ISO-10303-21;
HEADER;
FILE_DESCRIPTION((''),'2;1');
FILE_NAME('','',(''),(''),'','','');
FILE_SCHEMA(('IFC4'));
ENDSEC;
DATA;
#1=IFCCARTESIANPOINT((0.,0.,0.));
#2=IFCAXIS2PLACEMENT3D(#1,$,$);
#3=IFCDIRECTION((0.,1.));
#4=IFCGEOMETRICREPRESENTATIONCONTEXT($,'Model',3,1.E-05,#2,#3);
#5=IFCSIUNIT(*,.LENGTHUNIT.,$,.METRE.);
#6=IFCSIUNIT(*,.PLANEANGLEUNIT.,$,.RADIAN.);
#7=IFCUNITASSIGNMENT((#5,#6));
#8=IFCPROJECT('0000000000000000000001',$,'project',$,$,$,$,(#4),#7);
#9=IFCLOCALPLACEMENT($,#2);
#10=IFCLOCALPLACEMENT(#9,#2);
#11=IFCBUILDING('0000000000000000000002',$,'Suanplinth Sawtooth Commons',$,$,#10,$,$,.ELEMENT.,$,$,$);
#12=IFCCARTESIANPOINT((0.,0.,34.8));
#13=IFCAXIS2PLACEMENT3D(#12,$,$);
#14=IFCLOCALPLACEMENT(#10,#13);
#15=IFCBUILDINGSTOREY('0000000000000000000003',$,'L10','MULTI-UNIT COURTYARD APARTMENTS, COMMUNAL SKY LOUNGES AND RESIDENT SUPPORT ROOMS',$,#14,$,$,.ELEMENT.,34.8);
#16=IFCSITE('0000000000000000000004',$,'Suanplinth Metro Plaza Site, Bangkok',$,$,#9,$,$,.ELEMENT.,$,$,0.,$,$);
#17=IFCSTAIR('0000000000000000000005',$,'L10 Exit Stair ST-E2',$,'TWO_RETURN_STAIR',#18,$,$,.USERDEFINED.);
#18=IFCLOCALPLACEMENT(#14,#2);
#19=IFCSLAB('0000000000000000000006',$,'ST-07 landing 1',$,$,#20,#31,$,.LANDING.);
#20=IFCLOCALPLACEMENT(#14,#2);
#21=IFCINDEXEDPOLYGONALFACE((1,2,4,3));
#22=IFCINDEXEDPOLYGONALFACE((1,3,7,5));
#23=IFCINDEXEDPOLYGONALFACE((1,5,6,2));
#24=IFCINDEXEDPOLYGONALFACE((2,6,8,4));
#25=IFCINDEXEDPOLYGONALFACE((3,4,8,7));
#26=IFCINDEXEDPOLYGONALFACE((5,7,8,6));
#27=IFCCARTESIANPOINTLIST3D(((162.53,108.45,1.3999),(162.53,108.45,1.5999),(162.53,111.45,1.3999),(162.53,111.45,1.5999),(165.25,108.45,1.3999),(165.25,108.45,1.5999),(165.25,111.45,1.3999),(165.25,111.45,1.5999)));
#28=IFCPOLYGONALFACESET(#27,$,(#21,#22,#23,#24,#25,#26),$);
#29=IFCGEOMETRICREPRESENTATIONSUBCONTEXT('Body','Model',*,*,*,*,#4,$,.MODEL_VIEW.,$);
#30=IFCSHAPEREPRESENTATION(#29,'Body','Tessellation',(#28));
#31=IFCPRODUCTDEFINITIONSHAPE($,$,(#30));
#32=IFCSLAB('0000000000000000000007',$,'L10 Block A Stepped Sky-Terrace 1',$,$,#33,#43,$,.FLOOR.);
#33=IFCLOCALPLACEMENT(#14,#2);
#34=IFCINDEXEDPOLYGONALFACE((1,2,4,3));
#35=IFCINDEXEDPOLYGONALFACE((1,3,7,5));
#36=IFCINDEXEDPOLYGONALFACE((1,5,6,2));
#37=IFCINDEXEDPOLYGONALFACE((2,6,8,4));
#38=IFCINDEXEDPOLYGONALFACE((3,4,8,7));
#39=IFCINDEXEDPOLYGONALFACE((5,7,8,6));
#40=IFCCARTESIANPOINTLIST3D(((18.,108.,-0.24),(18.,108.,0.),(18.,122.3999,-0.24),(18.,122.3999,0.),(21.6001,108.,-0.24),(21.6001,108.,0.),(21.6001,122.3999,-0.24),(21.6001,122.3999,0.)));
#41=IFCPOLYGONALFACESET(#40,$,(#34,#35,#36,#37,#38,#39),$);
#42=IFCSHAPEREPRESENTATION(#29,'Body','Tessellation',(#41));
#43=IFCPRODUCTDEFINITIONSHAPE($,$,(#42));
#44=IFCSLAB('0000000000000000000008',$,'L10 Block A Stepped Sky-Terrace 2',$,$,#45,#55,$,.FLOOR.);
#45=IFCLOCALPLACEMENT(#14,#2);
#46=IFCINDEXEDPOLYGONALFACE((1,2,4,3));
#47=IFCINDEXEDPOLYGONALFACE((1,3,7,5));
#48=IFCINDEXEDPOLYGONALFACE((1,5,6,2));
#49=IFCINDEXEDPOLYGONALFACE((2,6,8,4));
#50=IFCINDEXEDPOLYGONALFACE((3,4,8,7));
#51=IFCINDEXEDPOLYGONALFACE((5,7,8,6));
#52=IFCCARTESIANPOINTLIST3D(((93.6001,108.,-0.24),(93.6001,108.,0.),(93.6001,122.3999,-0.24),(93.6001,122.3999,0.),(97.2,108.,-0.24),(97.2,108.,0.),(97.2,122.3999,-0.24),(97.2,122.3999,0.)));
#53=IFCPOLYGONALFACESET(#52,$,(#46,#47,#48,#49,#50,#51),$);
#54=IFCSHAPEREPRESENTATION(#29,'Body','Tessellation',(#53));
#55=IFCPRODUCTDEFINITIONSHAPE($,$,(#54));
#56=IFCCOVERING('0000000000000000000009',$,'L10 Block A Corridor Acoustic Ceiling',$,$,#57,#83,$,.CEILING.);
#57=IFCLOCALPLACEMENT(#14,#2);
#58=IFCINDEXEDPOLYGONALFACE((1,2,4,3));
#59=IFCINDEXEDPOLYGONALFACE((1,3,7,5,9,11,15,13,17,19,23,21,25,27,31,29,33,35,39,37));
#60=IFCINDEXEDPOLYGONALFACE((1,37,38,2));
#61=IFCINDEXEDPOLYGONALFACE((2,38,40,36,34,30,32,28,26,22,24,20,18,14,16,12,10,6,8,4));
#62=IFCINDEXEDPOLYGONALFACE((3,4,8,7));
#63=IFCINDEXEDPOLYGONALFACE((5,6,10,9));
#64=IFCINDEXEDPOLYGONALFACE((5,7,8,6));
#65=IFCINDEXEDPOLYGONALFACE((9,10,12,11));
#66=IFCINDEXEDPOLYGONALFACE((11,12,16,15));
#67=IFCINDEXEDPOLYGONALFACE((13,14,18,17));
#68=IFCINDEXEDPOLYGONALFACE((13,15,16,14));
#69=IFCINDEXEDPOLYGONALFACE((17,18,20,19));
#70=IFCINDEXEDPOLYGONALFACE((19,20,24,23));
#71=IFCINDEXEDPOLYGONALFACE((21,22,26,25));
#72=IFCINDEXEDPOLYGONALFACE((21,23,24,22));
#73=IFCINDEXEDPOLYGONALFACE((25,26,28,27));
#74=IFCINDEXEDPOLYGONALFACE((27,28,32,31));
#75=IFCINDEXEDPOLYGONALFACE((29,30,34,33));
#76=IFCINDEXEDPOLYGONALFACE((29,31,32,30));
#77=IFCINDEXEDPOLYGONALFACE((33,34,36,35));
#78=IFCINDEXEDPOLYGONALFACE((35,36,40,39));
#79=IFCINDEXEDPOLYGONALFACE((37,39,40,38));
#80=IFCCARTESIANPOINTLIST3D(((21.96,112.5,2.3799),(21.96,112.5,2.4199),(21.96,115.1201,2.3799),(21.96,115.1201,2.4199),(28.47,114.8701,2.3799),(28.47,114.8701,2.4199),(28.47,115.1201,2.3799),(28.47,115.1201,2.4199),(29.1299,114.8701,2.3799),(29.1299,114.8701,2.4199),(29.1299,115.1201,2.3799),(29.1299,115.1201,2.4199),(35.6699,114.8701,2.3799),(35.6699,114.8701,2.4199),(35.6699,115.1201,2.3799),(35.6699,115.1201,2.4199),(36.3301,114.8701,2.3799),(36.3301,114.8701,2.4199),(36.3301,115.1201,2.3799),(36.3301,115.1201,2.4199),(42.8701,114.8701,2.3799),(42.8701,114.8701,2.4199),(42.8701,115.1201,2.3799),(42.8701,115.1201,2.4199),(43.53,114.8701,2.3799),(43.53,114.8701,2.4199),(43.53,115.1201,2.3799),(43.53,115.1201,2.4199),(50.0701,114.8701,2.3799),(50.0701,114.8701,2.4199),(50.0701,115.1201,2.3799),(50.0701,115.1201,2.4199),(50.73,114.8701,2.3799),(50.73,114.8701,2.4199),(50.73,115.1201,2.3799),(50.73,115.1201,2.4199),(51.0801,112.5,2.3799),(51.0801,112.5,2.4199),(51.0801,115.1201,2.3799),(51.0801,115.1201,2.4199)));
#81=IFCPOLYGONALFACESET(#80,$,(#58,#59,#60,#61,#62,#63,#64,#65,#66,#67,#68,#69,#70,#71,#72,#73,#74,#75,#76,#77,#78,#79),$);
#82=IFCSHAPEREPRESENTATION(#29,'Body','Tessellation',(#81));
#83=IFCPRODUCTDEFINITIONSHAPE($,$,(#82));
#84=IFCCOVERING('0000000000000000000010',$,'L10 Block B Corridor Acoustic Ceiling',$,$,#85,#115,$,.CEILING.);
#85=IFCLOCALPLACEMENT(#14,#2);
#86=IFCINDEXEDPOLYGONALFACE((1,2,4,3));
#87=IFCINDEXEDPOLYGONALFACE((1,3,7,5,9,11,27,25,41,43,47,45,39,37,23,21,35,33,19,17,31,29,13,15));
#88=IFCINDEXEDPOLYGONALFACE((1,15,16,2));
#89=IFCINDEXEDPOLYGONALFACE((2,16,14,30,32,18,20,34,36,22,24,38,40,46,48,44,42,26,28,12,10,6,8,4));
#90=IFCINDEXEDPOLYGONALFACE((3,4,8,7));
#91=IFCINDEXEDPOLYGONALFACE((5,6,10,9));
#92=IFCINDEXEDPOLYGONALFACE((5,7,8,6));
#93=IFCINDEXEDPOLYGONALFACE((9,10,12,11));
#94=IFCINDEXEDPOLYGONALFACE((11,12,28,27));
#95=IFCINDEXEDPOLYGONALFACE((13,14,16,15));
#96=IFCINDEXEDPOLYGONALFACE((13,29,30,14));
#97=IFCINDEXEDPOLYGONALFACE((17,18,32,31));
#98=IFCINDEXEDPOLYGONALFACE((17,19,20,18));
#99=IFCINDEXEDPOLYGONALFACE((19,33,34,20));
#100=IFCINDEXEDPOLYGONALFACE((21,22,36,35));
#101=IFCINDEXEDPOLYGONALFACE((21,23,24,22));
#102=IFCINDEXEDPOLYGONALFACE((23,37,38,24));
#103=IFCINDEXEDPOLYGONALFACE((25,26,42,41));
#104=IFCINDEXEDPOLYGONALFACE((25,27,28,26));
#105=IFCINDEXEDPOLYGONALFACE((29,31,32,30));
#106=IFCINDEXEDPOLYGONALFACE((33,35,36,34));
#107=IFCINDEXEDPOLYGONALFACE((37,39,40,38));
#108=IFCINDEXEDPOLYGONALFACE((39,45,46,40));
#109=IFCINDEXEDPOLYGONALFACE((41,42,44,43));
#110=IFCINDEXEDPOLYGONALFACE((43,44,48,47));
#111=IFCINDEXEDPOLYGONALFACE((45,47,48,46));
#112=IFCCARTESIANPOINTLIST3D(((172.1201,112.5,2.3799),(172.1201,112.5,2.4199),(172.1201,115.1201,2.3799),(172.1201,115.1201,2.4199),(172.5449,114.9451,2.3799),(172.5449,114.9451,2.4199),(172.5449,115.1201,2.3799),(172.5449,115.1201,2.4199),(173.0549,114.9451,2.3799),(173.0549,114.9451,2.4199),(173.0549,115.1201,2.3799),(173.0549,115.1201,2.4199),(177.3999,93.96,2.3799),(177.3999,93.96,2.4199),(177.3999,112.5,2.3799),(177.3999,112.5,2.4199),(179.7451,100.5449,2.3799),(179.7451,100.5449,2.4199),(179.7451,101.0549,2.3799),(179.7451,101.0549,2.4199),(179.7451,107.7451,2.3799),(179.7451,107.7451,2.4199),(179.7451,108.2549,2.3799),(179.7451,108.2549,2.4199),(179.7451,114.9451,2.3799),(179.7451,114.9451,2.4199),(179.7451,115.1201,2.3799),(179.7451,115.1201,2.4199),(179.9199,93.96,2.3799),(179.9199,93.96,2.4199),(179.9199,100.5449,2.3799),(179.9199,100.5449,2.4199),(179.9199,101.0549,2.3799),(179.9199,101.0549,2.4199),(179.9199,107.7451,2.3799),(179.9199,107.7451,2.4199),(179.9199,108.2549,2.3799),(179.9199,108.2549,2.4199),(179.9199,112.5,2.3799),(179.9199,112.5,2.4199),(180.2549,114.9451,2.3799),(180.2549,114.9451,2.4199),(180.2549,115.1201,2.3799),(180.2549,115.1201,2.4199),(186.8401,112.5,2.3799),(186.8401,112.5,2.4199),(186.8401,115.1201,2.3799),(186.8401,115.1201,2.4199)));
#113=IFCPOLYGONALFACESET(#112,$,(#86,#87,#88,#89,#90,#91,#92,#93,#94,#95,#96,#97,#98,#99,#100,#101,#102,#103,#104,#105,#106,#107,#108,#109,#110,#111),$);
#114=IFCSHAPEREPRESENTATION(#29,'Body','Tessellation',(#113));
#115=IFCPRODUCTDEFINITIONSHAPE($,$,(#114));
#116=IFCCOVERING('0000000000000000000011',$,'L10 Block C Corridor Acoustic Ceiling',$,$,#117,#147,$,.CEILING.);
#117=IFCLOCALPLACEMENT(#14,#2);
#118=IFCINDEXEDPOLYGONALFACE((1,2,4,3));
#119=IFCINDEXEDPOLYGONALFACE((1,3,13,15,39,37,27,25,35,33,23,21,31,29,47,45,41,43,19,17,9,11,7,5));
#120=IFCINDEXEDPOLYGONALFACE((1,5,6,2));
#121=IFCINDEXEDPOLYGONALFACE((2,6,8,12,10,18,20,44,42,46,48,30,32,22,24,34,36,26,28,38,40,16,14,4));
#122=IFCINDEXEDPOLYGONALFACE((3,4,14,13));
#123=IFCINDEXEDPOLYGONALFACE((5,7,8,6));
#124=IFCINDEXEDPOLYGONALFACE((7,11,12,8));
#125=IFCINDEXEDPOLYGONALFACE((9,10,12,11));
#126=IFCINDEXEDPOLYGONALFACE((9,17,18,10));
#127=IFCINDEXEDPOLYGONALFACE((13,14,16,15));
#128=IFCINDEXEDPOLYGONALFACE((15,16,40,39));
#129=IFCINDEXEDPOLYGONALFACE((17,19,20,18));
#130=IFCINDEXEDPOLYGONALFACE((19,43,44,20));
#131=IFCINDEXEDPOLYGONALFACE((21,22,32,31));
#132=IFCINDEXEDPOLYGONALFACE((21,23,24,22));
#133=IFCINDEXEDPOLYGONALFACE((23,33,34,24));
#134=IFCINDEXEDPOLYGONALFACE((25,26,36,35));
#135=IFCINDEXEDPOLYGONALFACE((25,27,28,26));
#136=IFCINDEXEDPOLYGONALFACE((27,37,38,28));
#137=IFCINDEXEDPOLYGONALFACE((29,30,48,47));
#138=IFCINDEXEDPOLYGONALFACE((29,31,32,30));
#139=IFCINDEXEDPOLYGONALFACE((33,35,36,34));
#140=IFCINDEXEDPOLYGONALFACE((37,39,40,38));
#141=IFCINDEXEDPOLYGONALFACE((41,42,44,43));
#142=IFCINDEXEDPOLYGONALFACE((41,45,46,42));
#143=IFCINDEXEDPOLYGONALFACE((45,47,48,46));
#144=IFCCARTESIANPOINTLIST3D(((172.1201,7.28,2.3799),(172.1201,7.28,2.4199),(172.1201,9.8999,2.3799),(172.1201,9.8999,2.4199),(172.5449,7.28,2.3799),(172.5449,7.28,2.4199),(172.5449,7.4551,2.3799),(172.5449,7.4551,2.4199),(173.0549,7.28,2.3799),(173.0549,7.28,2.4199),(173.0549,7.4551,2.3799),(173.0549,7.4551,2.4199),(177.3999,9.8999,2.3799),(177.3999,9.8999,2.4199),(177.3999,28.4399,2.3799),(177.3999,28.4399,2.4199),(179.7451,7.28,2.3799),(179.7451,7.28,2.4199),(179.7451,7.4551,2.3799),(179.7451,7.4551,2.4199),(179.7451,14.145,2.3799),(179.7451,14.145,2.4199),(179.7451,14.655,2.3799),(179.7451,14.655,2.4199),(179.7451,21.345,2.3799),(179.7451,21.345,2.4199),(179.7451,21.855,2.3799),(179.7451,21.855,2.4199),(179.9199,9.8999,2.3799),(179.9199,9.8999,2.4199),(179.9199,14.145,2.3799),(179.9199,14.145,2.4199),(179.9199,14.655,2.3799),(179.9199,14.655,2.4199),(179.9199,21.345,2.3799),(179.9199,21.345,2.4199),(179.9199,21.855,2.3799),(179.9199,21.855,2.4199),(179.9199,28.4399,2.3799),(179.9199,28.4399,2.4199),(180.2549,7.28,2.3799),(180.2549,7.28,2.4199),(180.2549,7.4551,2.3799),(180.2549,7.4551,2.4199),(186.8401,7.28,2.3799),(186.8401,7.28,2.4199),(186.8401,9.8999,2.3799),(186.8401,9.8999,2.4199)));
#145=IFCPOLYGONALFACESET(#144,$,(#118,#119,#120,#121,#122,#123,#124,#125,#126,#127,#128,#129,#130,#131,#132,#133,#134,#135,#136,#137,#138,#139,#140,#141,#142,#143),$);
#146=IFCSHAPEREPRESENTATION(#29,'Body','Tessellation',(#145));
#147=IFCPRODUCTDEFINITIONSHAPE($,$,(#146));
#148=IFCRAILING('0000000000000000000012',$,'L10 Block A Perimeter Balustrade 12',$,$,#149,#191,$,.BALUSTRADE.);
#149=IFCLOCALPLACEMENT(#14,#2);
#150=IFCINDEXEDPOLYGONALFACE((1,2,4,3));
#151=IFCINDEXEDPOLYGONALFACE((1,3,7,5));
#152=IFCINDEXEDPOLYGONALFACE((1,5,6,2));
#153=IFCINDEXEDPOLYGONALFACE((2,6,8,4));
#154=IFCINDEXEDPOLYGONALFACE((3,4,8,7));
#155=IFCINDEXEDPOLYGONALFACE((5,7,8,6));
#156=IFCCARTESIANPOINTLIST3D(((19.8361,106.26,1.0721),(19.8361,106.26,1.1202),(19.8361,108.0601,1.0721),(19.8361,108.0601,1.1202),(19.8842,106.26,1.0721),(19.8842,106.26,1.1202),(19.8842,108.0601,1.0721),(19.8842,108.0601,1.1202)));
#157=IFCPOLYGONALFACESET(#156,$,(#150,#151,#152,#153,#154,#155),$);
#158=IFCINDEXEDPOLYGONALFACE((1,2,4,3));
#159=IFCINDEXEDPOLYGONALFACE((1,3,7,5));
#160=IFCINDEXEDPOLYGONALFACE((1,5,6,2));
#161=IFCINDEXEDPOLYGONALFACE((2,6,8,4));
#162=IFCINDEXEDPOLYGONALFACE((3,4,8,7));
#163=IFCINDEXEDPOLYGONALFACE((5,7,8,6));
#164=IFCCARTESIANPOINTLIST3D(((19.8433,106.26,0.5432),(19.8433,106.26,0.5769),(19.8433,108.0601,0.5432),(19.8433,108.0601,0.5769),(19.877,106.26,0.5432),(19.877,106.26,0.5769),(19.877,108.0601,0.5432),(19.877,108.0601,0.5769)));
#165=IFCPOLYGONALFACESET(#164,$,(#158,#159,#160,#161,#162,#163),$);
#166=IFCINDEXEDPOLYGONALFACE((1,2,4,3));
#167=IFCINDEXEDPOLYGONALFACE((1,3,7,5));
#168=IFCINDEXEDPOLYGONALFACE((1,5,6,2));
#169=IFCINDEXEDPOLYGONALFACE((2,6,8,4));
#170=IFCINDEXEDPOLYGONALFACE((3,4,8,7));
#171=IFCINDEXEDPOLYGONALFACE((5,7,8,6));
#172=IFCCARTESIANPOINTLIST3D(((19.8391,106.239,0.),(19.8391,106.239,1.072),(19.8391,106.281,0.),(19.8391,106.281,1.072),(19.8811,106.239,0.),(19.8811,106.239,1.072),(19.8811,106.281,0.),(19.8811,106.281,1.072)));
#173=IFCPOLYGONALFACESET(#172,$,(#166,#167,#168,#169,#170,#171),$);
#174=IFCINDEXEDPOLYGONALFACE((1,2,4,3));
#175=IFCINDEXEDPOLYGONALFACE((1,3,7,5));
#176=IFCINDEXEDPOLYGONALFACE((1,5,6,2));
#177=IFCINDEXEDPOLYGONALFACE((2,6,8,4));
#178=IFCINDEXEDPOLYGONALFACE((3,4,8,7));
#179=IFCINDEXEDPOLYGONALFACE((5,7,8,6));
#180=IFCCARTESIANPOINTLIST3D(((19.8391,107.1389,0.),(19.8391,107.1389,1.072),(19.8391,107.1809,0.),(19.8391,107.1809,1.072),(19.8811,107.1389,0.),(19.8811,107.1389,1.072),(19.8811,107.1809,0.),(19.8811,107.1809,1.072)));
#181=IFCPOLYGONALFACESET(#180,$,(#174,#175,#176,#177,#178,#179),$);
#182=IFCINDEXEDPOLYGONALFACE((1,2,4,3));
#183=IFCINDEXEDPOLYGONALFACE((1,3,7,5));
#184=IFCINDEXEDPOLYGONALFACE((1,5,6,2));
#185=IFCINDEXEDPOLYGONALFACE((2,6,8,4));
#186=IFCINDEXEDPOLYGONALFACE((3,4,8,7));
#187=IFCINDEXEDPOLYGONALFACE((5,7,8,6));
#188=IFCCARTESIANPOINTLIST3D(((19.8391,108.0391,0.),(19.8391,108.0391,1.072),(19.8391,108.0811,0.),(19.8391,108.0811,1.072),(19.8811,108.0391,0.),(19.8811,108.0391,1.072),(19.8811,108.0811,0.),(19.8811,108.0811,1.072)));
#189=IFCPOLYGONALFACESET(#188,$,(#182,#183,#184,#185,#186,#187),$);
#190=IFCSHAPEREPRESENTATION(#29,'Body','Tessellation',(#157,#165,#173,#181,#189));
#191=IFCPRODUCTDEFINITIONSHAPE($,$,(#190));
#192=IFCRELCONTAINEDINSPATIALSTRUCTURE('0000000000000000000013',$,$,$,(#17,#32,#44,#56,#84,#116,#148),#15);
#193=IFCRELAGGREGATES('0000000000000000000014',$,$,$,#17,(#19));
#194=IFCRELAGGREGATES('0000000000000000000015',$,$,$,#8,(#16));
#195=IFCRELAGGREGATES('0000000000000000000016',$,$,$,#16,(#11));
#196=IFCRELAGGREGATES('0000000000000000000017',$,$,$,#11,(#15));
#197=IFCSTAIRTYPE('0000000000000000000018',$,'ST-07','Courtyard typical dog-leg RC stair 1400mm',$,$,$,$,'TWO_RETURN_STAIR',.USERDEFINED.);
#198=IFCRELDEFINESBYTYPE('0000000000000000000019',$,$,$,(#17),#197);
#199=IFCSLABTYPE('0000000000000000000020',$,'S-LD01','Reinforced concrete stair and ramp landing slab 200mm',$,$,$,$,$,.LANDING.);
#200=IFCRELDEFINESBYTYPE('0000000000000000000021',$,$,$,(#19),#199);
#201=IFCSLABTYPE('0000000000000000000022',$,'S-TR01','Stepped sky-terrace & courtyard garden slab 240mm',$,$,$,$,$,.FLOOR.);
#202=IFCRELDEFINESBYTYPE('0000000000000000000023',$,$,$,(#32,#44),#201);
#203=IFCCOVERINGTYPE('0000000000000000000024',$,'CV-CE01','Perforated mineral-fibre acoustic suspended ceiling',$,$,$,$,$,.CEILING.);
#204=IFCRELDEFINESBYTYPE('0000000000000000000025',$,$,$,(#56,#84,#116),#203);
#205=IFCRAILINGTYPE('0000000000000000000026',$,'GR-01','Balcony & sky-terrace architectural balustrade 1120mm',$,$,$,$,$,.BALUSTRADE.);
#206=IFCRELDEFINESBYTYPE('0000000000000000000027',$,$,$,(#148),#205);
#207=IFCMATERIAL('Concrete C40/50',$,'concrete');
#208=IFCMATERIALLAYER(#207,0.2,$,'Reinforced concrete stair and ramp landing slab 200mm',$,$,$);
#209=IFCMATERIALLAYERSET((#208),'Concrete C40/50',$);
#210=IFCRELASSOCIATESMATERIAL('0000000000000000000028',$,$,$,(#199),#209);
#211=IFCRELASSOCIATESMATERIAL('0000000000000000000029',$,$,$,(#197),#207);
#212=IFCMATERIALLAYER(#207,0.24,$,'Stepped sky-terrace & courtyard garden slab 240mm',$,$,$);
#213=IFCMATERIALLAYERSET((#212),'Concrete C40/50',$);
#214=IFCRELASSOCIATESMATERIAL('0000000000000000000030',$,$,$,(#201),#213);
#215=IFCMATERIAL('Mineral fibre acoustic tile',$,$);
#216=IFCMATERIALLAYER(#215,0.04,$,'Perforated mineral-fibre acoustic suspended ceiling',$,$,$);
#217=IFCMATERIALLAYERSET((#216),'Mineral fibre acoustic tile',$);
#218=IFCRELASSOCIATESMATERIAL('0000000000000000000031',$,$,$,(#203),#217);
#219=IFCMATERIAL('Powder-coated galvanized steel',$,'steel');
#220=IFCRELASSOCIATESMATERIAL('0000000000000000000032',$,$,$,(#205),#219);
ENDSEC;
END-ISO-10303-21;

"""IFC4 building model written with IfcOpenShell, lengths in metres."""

from ifc_helpers import new_model, si_unit, direction, frame, origin, origin_2d, place, context, subcontext, project, spatial, polyline, rectangle, outline, extrude, material, layer, layer_set, type_object, element, aggregate, save


model = new_model("IFC4")

# Units and contexts
model_context = context("Model", 3, precision=1e-05, world=origin(), true_north=direction((0.0, 1.0)))
body_context = subcontext(model_context, "Body", "Model", "MODEL_VIEW")
ifc_project = project(units=[si_unit("LENGTHUNIT", "METRE"), si_unit("PLANEANGLEUNIT", "RADIAN")], contexts=[model_context])

# Site, building, storey
site_placement = place(None, origin())
site = spatial("IfcSite", under=ifc_project, at=site_placement, Name="Suanplinth Metro Plaza Site, Bangkok", CompositionType="ELEMENT", RefElevation=0.0)
building_placement = place(site_placement, origin())
building = spatial("IfcBuilding", under=site, at=building_placement, Name="Suanplinth Sawtooth Commons", CompositionType="ELEMENT")
storey_placement = place(building_placement, frame((0.0, 0.0, 34.8)))
storey = spatial("IfcBuildingStorey", under=building, at=storey_placement, Name="L10", Description="MULTI-UNIT COURTYARD APARTMENTS, COMMUNAL SKY LOUNGES AND RESIDENT SUPPORT ROOMS", CompositionType="ELEMENT", Elevation=34.8)

# Stair, slab
ifc_material_1 = material(Name="Concrete C40/50", Category="concrete")
ifc_layer_1 = layer(ifc_material_1, 0.2, Name="Reinforced concrete stair and ramp landing slab 200mm")
ifc_layer_set_1 = layer_set([ifc_layer_1], Name="Concrete C40/50")
slab_type_1 = type_object("IfcSlabType", Name="S-LD01", Description="Reinforced concrete stair and ramp landing slab 200mm", PredefinedType="LANDING", material=ifc_layer_set_1)
stair_type_1 = type_object("IfcStairType", Name="ST-07", Description="Courtyard typical dog-leg RC stair 1400mm", ElementType="TWO_RETURN_STAIR", PredefinedType="USERDEFINED", material=ifc_material_1)
stair_1_placement = place(storey_placement, origin())
stair_1 = element("IfcStair", 1, at=stair_1_placement, inside=storey, type_object=stair_type_1, Name="L10 Exit Stair ST-E2", ObjectType="TWO_RETURN_STAIR", PredefinedType="USERDEFINED")
slab_1_placement = place(storey_placement, frame((0.0, 0.0, 1.3999)))
slab_1 = element("IfcSlab", 2, at=slab_1_placement, type_object=slab_type_1, Name="ST-07 landing 1", PredefinedType="LANDING", context=body_context, shape_type="SweptSolid", body=[
    extrude(outline(polyline([(162.53, 108.45), (165.25, 108.45), (165.25, 111.45), (162.53, 111.45), (162.53, 108.45)])), origin(), (0.0, 0.0, 1.0), 0.2),
])
aggregate(stair_1, [slab_1])

# Slabs
ifc_layer_2 = layer(ifc_material_1, 0.24, Name="Stepped sky-terrace & courtyard garden slab 240mm")
ifc_layer_set_2 = layer_set([ifc_layer_2], Name="Concrete C40/50")
slab_type_2 = type_object("IfcSlabType", Name="S-TR01", Description="Stepped sky-terrace & courtyard garden slab 240mm", PredefinedType="FLOOR", material=ifc_layer_set_2)
slab_2_placement = place(storey_placement, frame((0.0, 0.0, -0.24)))
element("IfcSlab", 3, at=slab_2_placement, inside=storey, type_object=slab_type_2, Name="L10 Block A Stepped Sky-Terrace 1", PredefinedType="FLOOR", context=body_context, shape_type="SweptSolid", body=[
    extrude(outline(polyline([(18.0, 108.0), (18.0, 122.3999), (21.6001, 122.3999), (21.6001, 108.0), (18.0, 108.0)])), origin(), (0.0, 0.0, 1.0), 0.24),
])
slab_3_placement = place(storey_placement, frame((0.0, 0.0, -0.24)))
element("IfcSlab", 4, at=slab_3_placement, inside=storey, type_object=slab_type_2, Name="L10 Block A Stepped Sky-Terrace 2", PredefinedType="FLOOR", context=body_context, shape_type="SweptSolid", body=[
    extrude(outline(polyline([(97.2, 122.3999), (97.2, 108.0), (93.6001, 108.0), (93.6001, 122.3999), (97.2, 122.3999)])), origin(), (0.0, 0.0, 1.0), 0.24),
])

# Coverings
ifc_material_2 = material(Name="Mineral fibre acoustic tile")
ifc_layer_3 = layer(ifc_material_2, 0.04, Name="Perforated mineral-fibre acoustic suspended ceiling")
ifc_layer_set_3 = layer_set([ifc_layer_3], Name="Mineral fibre acoustic tile")
covering_type = type_object("IfcCoveringType", Name="CV-CE01", Description="Perforated mineral-fibre acoustic suspended ceiling", PredefinedType="CEILING", material=ifc_layer_set_3)
covering_1_placement = place(storey_placement, frame((0.0, 0.0, 2.3799)))
element("IfcCovering", 5, at=covering_1_placement, inside=storey, type_object=covering_type, Name="L10 Block A Corridor Acoustic Ceiling", PredefinedType="CEILING", context=body_context, shape_type="SweptSolid", body=[
    extrude(outline(polyline([(21.96, 112.5), (21.96, 115.1201), (28.47, 115.1201), (28.47, 114.8701), (29.1299, 114.8701), (29.1299, 115.1201), (35.6699, 115.1201), (35.6699, 114.8701), (36.3301, 114.8701), (36.3301, 115.1201), (42.8701, 115.1201), (42.8701, 114.8701), (43.53, 114.8701), (43.53, 115.1201), (50.0701, 115.1201), (50.0701, 114.8701), (50.73, 114.8701), (50.73, 115.1201), (51.0801, 115.1201), (51.0801, 112.5), (21.96, 112.5)])), origin(), (0.0, 0.0, 1.0), 0.04),
])
covering_2_placement = place(storey_placement, frame((0.0, 0.0, 2.3799)))
element("IfcCovering", 6, at=covering_2_placement, inside=storey, type_object=covering_type, Name="L10 Block B Corridor Acoustic Ceiling", PredefinedType="CEILING", context=body_context, shape_type="SweptSolid", body=[
    extrude(outline(polyline([(172.5449, 115.1201), (172.5449, 114.9451), (173.0549, 114.9451), (173.0549, 115.1201), (179.7451, 115.1201), (179.7451, 114.9451), (180.2549, 114.9451), (180.2549, 115.1201), (186.8401, 115.1201), (186.8401, 112.5), (179.9199, 112.5), (179.9199, 108.2549), (179.7451, 108.2549), (179.7451, 107.7451), (179.9199, 107.7451), (179.9199, 101.0549), (179.7451, 101.0549), (179.7451, 100.5449), (179.9199, 100.5449), (179.9199, 93.96), (177.3999, 93.96), (177.3999, 112.5), (172.1201, 112.5), (172.1201, 115.1201), (172.5449, 115.1201)])), origin(), (0.0, 0.0, 1.0), 0.04),
])
covering_3_placement = place(storey_placement, frame((0.0, 0.0, 2.3799)))
element("IfcCovering", 7, at=covering_3_placement, inside=storey, type_object=covering_type, Name="L10 Block C Corridor Acoustic Ceiling", PredefinedType="CEILING", context=body_context, shape_type="SweptSolid", body=[
    extrude(outline(polyline([(172.1201, 9.8999), (177.3999, 9.8999), (177.3999, 28.4399), (179.9199, 28.4399), (179.9199, 21.855), (179.7451, 21.855), (179.7451, 21.345), (179.9199, 21.345), (179.9199, 14.655), (179.7451, 14.655), (179.7451, 14.145), (179.9199, 14.145), (179.9199, 9.8999), (186.8401, 9.8999), (186.8401, 7.28), (180.2549, 7.28), (180.2549, 7.4551), (179.7451, 7.4551), (179.7451, 7.28), (173.0549, 7.28), (173.0549, 7.4551), (172.5449, 7.4551), (172.5449, 7.28), (172.1201, 7.28), (172.1201, 9.8999)])), origin(), (0.0, 0.0, 1.0), 0.04),
])

# Railing
ifc_material_3 = material(Name="Powder-coated galvanized steel", Category="steel")
railing_type = type_object("IfcRailingType", Name="GR-01", Description="Balcony & sky-terrace architectural balustrade 1120mm", PredefinedType="BALUSTRADE", material=ifc_material_3)
railing_placement = place(storey_placement, frame((19.8601, 106.26, 0.0)))
element("IfcRailing", 8, at=railing_placement, inside=storey, type_object=railing_type, Name="L10 Block A Perimeter Balustrade 12", PredefinedType="BALUSTRADE", context=body_context, shape_type="SweptSolid", body=[
    extrude(rectangle(XDim=0.0481, YDim=0.0481, at=origin_2d()), frame((0.0, 0.0, 1.0962), z_axis=(0.0, 1.0, 0.0), x_axis=(-1.0, 0.0, 0.0)), (0.0, 0.0, 1.0), 1.8),
    extrude(rectangle(XDim=0.0337, YDim=0.0337, at=origin_2d()), frame((0.0, 0.0, 0.5601), z_axis=(0.0, 1.0, 0.0), x_axis=(-1.0, 0.0, 0.0)), (0.0, 0.0, 1.0), 1.8),
    extrude(rectangle(XDim=0.042, YDim=0.042, at=origin_2d()), origin(), (0.0, 0.0, 1.0), 1.072),
    extrude(rectangle(XDim=0.042, YDim=0.042, at=origin_2d()), frame((0.0, 0.8999, 0.0)), (0.0, 0.0, 1.0), 1.072),
    extrude(rectangle(XDim=0.042, YDim=0.042, at=origin_2d()), frame((0.0, 1.8, 0.0)), (0.0, 0.0, 1.0), 1.072),
])

save(model, "model.ifc")
